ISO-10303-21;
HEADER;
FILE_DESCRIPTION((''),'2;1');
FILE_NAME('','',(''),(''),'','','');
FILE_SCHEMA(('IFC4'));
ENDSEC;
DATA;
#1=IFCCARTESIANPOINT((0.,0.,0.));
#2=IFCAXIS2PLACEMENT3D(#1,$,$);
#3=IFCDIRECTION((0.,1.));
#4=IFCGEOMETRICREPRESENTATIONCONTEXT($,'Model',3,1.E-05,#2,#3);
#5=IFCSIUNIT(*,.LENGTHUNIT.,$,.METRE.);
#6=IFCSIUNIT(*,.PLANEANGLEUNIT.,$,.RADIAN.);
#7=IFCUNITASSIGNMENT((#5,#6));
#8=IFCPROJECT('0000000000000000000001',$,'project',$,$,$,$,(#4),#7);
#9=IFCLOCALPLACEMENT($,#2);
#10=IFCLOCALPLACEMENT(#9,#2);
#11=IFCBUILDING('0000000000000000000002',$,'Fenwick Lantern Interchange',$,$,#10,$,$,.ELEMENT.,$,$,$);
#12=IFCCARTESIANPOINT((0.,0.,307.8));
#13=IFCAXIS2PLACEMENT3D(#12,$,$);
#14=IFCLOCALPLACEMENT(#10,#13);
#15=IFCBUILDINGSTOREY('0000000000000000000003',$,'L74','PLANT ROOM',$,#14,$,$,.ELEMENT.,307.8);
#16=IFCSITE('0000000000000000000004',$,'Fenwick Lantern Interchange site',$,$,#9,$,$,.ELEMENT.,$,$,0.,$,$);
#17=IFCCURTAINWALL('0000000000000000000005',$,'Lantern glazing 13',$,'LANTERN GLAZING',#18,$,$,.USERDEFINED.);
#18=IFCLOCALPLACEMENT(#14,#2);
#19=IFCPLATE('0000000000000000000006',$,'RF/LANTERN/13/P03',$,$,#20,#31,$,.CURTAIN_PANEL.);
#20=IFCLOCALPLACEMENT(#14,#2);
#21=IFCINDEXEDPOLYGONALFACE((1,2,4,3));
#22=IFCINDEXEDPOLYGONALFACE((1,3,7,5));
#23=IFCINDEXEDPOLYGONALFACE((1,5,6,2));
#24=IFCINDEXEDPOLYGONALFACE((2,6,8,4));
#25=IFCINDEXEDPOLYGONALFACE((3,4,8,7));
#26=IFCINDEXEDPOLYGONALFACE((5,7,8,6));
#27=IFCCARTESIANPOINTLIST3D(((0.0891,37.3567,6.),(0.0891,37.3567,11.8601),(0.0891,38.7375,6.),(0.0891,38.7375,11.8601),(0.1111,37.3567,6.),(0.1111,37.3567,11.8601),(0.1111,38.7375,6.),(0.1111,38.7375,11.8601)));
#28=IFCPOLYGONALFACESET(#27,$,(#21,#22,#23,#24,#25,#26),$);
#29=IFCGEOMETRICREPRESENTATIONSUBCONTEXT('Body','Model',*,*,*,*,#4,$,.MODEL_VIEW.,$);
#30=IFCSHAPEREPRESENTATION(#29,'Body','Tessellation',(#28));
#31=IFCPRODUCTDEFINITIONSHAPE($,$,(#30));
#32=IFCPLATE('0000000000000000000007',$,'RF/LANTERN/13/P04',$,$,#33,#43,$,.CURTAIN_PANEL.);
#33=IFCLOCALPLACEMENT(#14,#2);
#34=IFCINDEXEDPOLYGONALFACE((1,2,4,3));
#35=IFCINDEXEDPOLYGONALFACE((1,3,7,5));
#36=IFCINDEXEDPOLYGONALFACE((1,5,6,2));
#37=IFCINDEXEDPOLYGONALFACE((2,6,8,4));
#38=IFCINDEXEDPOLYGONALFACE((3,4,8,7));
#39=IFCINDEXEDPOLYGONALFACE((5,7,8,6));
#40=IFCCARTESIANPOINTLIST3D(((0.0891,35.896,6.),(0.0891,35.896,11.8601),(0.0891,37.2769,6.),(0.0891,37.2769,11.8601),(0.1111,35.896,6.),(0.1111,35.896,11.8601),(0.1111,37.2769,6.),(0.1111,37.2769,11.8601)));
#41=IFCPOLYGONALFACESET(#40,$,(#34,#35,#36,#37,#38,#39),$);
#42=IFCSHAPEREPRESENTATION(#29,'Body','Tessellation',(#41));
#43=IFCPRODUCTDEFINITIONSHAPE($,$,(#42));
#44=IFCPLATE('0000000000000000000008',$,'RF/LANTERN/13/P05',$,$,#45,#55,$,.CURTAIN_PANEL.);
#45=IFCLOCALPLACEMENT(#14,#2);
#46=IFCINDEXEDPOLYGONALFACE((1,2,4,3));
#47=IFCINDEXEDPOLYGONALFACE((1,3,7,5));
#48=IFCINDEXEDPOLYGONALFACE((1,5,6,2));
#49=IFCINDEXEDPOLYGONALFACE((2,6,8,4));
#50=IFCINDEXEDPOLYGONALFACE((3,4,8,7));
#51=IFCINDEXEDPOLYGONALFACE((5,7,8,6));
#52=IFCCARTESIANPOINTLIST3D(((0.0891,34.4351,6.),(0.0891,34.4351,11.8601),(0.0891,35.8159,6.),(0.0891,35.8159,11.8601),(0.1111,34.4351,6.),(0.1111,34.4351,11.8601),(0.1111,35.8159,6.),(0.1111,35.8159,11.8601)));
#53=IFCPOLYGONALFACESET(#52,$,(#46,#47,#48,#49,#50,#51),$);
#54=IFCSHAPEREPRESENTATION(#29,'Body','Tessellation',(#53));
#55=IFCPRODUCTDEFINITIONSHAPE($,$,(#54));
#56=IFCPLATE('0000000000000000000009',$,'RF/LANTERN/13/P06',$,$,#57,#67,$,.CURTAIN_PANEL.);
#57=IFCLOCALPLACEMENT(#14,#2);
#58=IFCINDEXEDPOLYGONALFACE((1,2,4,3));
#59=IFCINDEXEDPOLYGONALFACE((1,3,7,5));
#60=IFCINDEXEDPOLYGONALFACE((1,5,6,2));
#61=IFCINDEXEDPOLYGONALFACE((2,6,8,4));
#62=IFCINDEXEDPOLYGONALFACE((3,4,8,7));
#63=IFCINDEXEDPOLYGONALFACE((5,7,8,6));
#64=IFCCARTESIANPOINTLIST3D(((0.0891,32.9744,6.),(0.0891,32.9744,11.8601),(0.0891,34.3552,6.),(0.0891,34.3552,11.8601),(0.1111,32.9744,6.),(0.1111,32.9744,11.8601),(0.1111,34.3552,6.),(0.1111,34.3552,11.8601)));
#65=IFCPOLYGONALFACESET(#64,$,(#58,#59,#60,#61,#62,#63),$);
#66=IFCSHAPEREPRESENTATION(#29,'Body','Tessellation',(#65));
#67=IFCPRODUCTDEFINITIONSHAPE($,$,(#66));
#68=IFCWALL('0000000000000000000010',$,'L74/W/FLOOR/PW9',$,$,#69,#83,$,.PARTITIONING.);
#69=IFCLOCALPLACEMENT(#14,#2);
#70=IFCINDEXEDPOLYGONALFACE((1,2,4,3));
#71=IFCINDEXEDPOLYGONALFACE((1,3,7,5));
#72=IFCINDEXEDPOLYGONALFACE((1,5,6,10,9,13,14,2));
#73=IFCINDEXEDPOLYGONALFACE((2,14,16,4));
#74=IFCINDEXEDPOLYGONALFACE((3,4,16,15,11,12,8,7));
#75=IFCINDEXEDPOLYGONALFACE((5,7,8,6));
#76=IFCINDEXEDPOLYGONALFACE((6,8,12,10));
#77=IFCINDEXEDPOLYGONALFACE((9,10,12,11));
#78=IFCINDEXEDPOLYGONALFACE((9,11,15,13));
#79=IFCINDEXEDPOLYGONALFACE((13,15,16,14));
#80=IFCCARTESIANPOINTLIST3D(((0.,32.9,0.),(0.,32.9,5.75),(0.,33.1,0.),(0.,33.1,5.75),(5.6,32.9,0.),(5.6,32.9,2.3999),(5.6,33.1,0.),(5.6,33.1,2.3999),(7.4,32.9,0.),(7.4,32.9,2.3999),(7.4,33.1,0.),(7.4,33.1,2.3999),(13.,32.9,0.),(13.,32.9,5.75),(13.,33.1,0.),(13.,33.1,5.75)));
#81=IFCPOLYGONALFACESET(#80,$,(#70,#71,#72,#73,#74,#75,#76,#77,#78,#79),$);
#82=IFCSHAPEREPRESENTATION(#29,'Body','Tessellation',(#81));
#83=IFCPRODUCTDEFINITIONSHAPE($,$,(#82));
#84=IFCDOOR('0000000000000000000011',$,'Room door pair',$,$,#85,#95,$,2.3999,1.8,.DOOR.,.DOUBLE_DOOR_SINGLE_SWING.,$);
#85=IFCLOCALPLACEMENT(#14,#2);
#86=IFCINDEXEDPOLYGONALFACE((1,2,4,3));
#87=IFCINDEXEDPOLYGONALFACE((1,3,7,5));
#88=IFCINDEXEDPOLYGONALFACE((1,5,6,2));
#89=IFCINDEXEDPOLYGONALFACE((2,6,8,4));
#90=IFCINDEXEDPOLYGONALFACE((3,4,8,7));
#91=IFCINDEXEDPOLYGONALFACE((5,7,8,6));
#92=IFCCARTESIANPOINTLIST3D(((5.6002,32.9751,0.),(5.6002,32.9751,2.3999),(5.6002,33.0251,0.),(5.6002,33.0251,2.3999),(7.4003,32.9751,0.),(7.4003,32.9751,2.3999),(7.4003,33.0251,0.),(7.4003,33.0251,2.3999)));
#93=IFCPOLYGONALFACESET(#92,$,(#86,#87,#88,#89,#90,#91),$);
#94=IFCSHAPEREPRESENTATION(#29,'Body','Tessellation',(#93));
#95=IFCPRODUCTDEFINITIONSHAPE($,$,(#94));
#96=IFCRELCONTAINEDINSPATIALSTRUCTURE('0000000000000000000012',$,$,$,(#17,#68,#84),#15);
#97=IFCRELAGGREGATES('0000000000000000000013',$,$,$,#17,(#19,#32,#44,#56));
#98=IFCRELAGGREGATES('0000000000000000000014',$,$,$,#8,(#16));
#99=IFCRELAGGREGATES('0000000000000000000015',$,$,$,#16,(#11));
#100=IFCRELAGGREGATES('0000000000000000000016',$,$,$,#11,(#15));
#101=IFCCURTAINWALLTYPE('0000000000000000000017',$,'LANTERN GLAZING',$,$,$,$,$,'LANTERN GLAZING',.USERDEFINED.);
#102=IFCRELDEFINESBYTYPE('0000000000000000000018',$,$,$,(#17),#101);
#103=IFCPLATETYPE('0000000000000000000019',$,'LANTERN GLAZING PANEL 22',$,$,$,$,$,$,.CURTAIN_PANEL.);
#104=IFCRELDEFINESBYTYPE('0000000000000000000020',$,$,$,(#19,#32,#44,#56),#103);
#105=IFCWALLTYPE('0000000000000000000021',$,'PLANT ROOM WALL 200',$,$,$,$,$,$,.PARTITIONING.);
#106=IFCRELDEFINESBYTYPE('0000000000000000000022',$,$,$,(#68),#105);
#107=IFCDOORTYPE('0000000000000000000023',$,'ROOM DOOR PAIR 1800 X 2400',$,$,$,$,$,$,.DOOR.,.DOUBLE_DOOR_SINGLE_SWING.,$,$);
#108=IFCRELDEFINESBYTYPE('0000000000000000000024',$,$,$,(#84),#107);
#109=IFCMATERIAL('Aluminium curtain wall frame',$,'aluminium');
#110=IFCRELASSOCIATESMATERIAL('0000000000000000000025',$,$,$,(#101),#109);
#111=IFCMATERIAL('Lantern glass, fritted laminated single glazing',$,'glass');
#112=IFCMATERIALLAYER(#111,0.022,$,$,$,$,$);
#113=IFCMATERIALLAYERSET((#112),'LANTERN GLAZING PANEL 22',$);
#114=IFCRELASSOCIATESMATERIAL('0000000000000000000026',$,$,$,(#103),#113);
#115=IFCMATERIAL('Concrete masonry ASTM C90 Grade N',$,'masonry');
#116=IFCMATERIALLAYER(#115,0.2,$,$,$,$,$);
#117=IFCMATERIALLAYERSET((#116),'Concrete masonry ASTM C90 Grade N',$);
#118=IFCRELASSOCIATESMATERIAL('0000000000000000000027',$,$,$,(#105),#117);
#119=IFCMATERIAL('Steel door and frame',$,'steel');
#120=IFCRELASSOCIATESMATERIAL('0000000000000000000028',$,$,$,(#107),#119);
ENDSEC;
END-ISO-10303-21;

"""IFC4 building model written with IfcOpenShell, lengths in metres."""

from ifc_helpers import new_model, si_unit, direction, frame, frame_2d, origin, origin_2d, place, context, subcontext, project, spatial, rectangle, extrude, material, layer, layer_set, type_object, element, fill, aggregate, save


model = new_model("IFC4")

# Units and contexts
model_context = context("Model", 3, precision=1e-05, world=origin(), true_north=direction((0.0, 1.0)))
body_context = subcontext(model_context, "Body", "Model", "MODEL_VIEW")
ifc_project = project(units=[si_unit("LENGTHUNIT", "METRE"), si_unit("PLANEANGLEUNIT", "RADIAN")], contexts=[model_context])

# Site, building, storey
site_placement = place(None, origin())
site = spatial("IfcSite", under=ifc_project, at=site_placement, Name="Fenwick Lantern Interchange site", CompositionType="ELEMENT", RefElevation=0.0)
building_placement = place(site_placement, origin())
building = spatial("IfcBuilding", under=site, at=building_placement, Name="Fenwick Lantern Interchange", CompositionType="ELEMENT")
storey_placement = place(building_placement, frame((0.0, 0.0, 307.8)))
storey = spatial("IfcBuildingStorey", under=building, at=storey_placement, Name="L74", Description="PLANT ROOM", CompositionType="ELEMENT", Elevation=307.8)

# Curtain wall
ifc_material_1 = material(Name="Aluminium curtain wall frame", Category="aluminium")
curtain_wall_type = type_object("IfcCurtainWallType", Name="LANTERN GLAZING", ElementType="LANTERN GLAZING", PredefinedType="USERDEFINED", material=ifc_material_1)
curtain_wall_1_placement = place(storey_placement, origin())
curtain_wall_1 = element("IfcCurtainWall", 1, at=curtain_wall_1_placement, inside=storey, type_object=curtain_wall_type, Name="Lantern glazing 13", ObjectType="LANTERN GLAZING", PredefinedType="USERDEFINED")

# Plates
ifc_material_2 = material(Name="Lantern glass, fritted laminated single glazing", Category="glass")
ifc_layer_1 = layer(ifc_material_2, 0.022)
ifc_layer_set_1 = layer_set([ifc_layer_1], Name="LANTERN GLAZING PANEL 22")
plate_type = type_object("IfcPlateType", Name="LANTERN GLAZING PANEL 22", PredefinedType="CURTAIN_PANEL", material=ifc_layer_set_1)
plate_1_placement = place(storey_placement, frame((0.1001, 38.0471, 6.0), z_axis=(0.0, 0.0, 1.0), x_axis=(0.0, -1.0, 0.0)))
plate_1 = element("IfcPlate", 2, at=plate_1_placement, type_object=plate_type, Name="RF/LANTERN/13/P03", PredefinedType="CURTAIN_PANEL", context=body_context, shape_type="SweptSolid", body=[
    extrude(rectangle(XDim=1.3809, YDim=0.022, at=origin_2d()), origin(), (0.0, 0.0, 1.0), 5.8601),
])
plate_2_placement = place(storey_placement, frame((0.1001, 36.5864, 6.0), z_axis=(0.0, 0.0, 1.0), x_axis=(0.0, -1.0, 0.0)))
plate_2 = element("IfcPlate", 3, at=plate_2_placement, type_object=plate_type, Name="RF/LANTERN/13/P04", PredefinedType="CURTAIN_PANEL", context=body_context, shape_type="SweptSolid", body=[
    extrude(rectangle(XDim=1.3809, YDim=0.022, at=origin_2d()), origin(), (0.0, 0.0, 1.0), 5.8601),
])
plate_3_placement = place(storey_placement, frame((0.1001, 35.1255, 6.0), z_axis=(0.0, 0.0, 1.0), x_axis=(0.0, -1.0, 0.0)))
plate_3 = element("IfcPlate", 4, at=plate_3_placement, type_object=plate_type, Name="RF/LANTERN/13/P05", PredefinedType="CURTAIN_PANEL", context=body_context, shape_type="SweptSolid", body=[
    extrude(rectangle(XDim=1.3809, YDim=0.022, at=origin_2d()), origin(), (0.0, 0.0, 1.0), 5.8601),
])
plate_4_placement = place(storey_placement, frame((0.1001, 33.6648, 6.0), z_axis=(0.0, 0.0, 1.0), x_axis=(0.0, -1.0, 0.0)))
plate_4 = element("IfcPlate", 5, at=plate_4_placement, type_object=plate_type, Name="RF/LANTERN/13/P06", PredefinedType="CURTAIN_PANEL", context=body_context, shape_type="SweptSolid", body=[
    extrude(rectangle(XDim=1.3809, YDim=0.022, at=origin_2d()), origin(), (0.0, 0.0, 1.0), 5.8601),
])
aggregate(curtain_wall_1, [plate_1, plate_2, plate_3, plate_4])

# Wall, opening, door
ifc_material_3 = material(Name="Concrete masonry ASTM C90 Grade N", Category="masonry")
ifc_layer_2 = layer(ifc_material_3, 0.2)
ifc_layer_set_2 = layer_set([ifc_layer_2], Name="Concrete masonry ASTM C90 Grade N")
wall_type = type_object("IfcWallType", Name="PLANT ROOM WALL 200", PredefinedType="PARTITIONING", material=ifc_layer_set_2)
wall_placement = place(storey_placement, frame((0.0, 33.0, 0.0), z_axis=(0.0, 0.0, 1.0), x_axis=(1.0, 0.0, 0.0)))
wall = element("IfcWall", 6, at=wall_placement, inside=storey, type_object=wall_type, Name="L74/W/FLOOR/PW9", PredefinedType="PARTITIONING", context=body_context, shape_type="SweptSolid", body=[
    extrude(rectangle(XDim=13.0, YDim=0.2, at=frame_2d((6.5, 0.0))), origin(), (0.0, 0.0, 1.0), 5.75),
])
opening_placement = place(wall_placement, frame((5.6001, 0.0, 0.0)))
opening = element("IfcOpeningElement", 7, at=opening_placement, cuts=wall, PredefinedType="OPENING", context=body_context, shape_type="SweptSolid", body=[
    extrude(rectangle(XDim=1.8, YDim=2.3999, at=frame_2d((0.8999, 1.2))), frame((0.0, 0.1099, 0.0), z_axis=(0.0, -1.0, 0.0), x_axis=(1.0, 0.0, 0.0)), (0.0, 0.0, 1.0), 0.22),
])
ifc_material_4 = material(Name="Steel door and frame", Category="steel")
door_type = type_object("IfcDoorType", Name="ROOM DOOR PAIR 1800 X 2400", OperationType="DOUBLE_DOOR_SINGLE_SWING", PredefinedType="DOOR", material=ifc_material_4)
door_placement = place(opening_placement, frame((1.8, 0.0, 0.0), z_axis=(0.0, 0.0, 1.0), x_axis=(-1.0, 0.0, 0.0)))
door = element("IfcDoor", 8, at=door_placement, inside=storey, type_object=door_type, Name="Room door pair", OperationType="DOUBLE_DOOR_SINGLE_SWING", OverallHeight=2.3999, OverallWidth=1.8, PredefinedType="DOOR", context=body_context, shape_type="SweptSolid", body=[
    extrude(rectangle(XDim=1.8, YDim=2.3999, at=frame_2d((0.8999, 1.2))), frame((0.0, 0.0249, 0.0), z_axis=(0.0, -1.0, 0.0), x_axis=(1.0, 0.0, 0.0)), (0.0, 0.0, 1.0), 0.05),
])
fill(opening, door)

save(model, "model.ifc")
